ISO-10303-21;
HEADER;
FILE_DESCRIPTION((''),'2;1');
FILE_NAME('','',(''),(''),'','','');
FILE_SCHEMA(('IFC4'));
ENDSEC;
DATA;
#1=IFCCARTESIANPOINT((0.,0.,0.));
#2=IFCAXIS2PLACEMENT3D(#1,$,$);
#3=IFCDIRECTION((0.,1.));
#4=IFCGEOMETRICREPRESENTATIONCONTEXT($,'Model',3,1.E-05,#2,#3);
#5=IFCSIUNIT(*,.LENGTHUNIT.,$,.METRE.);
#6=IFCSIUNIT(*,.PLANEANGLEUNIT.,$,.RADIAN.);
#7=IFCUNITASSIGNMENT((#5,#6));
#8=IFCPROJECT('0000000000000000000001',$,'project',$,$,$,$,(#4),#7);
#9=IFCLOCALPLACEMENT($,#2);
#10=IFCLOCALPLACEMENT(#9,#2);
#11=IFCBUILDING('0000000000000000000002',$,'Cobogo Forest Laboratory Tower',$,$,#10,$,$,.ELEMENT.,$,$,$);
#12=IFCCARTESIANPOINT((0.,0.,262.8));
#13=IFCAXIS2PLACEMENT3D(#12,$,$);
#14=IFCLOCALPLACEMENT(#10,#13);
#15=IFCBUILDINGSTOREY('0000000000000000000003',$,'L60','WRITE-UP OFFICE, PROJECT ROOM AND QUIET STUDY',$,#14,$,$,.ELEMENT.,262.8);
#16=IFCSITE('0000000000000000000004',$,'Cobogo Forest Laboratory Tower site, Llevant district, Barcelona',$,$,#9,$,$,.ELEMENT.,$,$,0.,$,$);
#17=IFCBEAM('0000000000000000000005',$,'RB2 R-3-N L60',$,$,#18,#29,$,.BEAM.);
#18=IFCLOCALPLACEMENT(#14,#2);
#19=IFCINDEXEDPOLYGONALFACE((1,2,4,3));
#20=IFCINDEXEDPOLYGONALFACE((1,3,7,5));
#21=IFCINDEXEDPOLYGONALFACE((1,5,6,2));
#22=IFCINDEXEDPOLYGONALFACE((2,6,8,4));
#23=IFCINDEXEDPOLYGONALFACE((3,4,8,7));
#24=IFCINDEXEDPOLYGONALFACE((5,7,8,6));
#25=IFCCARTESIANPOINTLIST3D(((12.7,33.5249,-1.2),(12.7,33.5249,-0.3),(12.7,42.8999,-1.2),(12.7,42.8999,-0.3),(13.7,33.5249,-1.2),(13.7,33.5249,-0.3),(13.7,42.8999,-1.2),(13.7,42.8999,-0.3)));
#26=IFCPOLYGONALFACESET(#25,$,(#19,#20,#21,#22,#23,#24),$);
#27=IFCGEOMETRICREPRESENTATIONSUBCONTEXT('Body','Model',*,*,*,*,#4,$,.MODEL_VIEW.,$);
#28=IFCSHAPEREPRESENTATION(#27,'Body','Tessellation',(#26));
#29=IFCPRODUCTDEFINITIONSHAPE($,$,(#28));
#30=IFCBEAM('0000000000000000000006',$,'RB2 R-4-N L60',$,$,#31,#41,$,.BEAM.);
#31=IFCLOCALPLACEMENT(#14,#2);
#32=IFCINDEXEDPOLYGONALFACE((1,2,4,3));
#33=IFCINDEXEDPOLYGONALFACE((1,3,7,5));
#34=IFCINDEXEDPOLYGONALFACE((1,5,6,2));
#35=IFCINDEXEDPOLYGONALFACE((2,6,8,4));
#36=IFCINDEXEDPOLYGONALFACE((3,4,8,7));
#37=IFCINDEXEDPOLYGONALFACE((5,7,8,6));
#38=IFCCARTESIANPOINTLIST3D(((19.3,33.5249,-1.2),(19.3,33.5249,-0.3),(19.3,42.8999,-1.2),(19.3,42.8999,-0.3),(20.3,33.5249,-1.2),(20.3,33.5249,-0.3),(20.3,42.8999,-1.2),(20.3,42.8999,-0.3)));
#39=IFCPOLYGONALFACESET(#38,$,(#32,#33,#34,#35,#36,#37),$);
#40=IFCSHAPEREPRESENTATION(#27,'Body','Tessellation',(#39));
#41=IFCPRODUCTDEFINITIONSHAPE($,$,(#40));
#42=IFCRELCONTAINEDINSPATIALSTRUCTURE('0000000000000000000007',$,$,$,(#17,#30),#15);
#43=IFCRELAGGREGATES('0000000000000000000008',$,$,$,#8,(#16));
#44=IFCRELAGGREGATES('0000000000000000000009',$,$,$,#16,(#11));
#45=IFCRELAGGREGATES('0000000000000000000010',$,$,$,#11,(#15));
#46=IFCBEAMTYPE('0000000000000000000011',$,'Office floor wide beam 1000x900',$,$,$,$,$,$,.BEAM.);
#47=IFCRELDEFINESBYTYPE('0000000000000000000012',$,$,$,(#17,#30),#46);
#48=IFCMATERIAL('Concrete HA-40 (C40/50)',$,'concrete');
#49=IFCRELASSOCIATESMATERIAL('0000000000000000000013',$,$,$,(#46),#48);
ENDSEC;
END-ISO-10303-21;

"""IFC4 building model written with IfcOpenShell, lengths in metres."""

from ifc_helpers import new_model, si_unit, direction, frame, origin, origin_2d, place, context, subcontext, project, spatial, rectangle, extrude, material, material_profile, profile_set, type_object, element, save


model = new_model("IFC4")

# Units and contexts
model_context = context("Model", 3, precision=1e-05, world=origin(), true_north=direction((0.0, 1.0)))
body_context = subcontext(model_context, "Body", "Model", "MODEL_VIEW")
ifc_project = project(units=[si_unit("LENGTHUNIT", "METRE"), si_unit("PLANEANGLEUNIT", "RADIAN")], contexts=[model_context])

# Site, building, storey
site_placement = place(None, origin())
site = spatial("IfcSite", under=ifc_project, at=site_placement, Name="Cobogo Forest Laboratory Tower site, Llevant district, Barcelona", CompositionType="ELEMENT", RefElevation=0.0)
building_placement = place(site_placement, origin())
building = spatial("IfcBuilding", under=site, at=building_placement, Name="Cobogo Forest Laboratory Tower", CompositionType="ELEMENT")
storey_placement = place(building_placement, frame((0.0, 0.0, 262.8)))
storey = spatial("IfcBuildingStorey", under=building, at=storey_placement, Name="L60", Description="WRITE-UP OFFICE, PROJECT ROOM AND QUIET STUDY", CompositionType="ELEMENT", Elevation=262.8)

# Beams
ifc_material_1 = material(Name="Concrete HA-40 (C40/50)", Category="concrete")
ifc_material_profile = material_profile(ifc_material_1, rectangle(XDim=1.0, YDim=0.8999, at=origin_2d()), Name="RC 1000x900")
ifc_profile_set = profile_set([ifc_material_profile], Name="Concrete HA-40 (C40/50)")
beam_type = type_object("IfcBeamType", Name="Office floor wide beam 1000x900", PredefinedType="BEAM", material=ifc_profile_set)
for number, where, z_axis, x_axis, name in (
    (1, (13.2, 33.5249, -0.75), (0.0, 1.0, 0.0), (-1.0, 0.0, 0.0), "RB2 R-3-N L60"),
    (2, (19.8, 33.5249, -0.75), (0.0, 1.0, 0.0), (-1.0, 0.0, 0.0), "RB2 R-4-N L60"),
):
    element("IfcBeam", number, at=place(storey_placement, frame(where, z_axis=z_axis, x_axis=x_axis)), inside=storey, type_object=beam_type, Name=name, PredefinedType="BEAM", context=body_context, shape_type="SweptSolid", body=[
        extrude(rectangle(XDim=1.0, YDim=0.8999, at=origin_2d()), origin(), (0.0, 0.0, 1.0), 9.375),
    ])

save(model, "model.ifc")
